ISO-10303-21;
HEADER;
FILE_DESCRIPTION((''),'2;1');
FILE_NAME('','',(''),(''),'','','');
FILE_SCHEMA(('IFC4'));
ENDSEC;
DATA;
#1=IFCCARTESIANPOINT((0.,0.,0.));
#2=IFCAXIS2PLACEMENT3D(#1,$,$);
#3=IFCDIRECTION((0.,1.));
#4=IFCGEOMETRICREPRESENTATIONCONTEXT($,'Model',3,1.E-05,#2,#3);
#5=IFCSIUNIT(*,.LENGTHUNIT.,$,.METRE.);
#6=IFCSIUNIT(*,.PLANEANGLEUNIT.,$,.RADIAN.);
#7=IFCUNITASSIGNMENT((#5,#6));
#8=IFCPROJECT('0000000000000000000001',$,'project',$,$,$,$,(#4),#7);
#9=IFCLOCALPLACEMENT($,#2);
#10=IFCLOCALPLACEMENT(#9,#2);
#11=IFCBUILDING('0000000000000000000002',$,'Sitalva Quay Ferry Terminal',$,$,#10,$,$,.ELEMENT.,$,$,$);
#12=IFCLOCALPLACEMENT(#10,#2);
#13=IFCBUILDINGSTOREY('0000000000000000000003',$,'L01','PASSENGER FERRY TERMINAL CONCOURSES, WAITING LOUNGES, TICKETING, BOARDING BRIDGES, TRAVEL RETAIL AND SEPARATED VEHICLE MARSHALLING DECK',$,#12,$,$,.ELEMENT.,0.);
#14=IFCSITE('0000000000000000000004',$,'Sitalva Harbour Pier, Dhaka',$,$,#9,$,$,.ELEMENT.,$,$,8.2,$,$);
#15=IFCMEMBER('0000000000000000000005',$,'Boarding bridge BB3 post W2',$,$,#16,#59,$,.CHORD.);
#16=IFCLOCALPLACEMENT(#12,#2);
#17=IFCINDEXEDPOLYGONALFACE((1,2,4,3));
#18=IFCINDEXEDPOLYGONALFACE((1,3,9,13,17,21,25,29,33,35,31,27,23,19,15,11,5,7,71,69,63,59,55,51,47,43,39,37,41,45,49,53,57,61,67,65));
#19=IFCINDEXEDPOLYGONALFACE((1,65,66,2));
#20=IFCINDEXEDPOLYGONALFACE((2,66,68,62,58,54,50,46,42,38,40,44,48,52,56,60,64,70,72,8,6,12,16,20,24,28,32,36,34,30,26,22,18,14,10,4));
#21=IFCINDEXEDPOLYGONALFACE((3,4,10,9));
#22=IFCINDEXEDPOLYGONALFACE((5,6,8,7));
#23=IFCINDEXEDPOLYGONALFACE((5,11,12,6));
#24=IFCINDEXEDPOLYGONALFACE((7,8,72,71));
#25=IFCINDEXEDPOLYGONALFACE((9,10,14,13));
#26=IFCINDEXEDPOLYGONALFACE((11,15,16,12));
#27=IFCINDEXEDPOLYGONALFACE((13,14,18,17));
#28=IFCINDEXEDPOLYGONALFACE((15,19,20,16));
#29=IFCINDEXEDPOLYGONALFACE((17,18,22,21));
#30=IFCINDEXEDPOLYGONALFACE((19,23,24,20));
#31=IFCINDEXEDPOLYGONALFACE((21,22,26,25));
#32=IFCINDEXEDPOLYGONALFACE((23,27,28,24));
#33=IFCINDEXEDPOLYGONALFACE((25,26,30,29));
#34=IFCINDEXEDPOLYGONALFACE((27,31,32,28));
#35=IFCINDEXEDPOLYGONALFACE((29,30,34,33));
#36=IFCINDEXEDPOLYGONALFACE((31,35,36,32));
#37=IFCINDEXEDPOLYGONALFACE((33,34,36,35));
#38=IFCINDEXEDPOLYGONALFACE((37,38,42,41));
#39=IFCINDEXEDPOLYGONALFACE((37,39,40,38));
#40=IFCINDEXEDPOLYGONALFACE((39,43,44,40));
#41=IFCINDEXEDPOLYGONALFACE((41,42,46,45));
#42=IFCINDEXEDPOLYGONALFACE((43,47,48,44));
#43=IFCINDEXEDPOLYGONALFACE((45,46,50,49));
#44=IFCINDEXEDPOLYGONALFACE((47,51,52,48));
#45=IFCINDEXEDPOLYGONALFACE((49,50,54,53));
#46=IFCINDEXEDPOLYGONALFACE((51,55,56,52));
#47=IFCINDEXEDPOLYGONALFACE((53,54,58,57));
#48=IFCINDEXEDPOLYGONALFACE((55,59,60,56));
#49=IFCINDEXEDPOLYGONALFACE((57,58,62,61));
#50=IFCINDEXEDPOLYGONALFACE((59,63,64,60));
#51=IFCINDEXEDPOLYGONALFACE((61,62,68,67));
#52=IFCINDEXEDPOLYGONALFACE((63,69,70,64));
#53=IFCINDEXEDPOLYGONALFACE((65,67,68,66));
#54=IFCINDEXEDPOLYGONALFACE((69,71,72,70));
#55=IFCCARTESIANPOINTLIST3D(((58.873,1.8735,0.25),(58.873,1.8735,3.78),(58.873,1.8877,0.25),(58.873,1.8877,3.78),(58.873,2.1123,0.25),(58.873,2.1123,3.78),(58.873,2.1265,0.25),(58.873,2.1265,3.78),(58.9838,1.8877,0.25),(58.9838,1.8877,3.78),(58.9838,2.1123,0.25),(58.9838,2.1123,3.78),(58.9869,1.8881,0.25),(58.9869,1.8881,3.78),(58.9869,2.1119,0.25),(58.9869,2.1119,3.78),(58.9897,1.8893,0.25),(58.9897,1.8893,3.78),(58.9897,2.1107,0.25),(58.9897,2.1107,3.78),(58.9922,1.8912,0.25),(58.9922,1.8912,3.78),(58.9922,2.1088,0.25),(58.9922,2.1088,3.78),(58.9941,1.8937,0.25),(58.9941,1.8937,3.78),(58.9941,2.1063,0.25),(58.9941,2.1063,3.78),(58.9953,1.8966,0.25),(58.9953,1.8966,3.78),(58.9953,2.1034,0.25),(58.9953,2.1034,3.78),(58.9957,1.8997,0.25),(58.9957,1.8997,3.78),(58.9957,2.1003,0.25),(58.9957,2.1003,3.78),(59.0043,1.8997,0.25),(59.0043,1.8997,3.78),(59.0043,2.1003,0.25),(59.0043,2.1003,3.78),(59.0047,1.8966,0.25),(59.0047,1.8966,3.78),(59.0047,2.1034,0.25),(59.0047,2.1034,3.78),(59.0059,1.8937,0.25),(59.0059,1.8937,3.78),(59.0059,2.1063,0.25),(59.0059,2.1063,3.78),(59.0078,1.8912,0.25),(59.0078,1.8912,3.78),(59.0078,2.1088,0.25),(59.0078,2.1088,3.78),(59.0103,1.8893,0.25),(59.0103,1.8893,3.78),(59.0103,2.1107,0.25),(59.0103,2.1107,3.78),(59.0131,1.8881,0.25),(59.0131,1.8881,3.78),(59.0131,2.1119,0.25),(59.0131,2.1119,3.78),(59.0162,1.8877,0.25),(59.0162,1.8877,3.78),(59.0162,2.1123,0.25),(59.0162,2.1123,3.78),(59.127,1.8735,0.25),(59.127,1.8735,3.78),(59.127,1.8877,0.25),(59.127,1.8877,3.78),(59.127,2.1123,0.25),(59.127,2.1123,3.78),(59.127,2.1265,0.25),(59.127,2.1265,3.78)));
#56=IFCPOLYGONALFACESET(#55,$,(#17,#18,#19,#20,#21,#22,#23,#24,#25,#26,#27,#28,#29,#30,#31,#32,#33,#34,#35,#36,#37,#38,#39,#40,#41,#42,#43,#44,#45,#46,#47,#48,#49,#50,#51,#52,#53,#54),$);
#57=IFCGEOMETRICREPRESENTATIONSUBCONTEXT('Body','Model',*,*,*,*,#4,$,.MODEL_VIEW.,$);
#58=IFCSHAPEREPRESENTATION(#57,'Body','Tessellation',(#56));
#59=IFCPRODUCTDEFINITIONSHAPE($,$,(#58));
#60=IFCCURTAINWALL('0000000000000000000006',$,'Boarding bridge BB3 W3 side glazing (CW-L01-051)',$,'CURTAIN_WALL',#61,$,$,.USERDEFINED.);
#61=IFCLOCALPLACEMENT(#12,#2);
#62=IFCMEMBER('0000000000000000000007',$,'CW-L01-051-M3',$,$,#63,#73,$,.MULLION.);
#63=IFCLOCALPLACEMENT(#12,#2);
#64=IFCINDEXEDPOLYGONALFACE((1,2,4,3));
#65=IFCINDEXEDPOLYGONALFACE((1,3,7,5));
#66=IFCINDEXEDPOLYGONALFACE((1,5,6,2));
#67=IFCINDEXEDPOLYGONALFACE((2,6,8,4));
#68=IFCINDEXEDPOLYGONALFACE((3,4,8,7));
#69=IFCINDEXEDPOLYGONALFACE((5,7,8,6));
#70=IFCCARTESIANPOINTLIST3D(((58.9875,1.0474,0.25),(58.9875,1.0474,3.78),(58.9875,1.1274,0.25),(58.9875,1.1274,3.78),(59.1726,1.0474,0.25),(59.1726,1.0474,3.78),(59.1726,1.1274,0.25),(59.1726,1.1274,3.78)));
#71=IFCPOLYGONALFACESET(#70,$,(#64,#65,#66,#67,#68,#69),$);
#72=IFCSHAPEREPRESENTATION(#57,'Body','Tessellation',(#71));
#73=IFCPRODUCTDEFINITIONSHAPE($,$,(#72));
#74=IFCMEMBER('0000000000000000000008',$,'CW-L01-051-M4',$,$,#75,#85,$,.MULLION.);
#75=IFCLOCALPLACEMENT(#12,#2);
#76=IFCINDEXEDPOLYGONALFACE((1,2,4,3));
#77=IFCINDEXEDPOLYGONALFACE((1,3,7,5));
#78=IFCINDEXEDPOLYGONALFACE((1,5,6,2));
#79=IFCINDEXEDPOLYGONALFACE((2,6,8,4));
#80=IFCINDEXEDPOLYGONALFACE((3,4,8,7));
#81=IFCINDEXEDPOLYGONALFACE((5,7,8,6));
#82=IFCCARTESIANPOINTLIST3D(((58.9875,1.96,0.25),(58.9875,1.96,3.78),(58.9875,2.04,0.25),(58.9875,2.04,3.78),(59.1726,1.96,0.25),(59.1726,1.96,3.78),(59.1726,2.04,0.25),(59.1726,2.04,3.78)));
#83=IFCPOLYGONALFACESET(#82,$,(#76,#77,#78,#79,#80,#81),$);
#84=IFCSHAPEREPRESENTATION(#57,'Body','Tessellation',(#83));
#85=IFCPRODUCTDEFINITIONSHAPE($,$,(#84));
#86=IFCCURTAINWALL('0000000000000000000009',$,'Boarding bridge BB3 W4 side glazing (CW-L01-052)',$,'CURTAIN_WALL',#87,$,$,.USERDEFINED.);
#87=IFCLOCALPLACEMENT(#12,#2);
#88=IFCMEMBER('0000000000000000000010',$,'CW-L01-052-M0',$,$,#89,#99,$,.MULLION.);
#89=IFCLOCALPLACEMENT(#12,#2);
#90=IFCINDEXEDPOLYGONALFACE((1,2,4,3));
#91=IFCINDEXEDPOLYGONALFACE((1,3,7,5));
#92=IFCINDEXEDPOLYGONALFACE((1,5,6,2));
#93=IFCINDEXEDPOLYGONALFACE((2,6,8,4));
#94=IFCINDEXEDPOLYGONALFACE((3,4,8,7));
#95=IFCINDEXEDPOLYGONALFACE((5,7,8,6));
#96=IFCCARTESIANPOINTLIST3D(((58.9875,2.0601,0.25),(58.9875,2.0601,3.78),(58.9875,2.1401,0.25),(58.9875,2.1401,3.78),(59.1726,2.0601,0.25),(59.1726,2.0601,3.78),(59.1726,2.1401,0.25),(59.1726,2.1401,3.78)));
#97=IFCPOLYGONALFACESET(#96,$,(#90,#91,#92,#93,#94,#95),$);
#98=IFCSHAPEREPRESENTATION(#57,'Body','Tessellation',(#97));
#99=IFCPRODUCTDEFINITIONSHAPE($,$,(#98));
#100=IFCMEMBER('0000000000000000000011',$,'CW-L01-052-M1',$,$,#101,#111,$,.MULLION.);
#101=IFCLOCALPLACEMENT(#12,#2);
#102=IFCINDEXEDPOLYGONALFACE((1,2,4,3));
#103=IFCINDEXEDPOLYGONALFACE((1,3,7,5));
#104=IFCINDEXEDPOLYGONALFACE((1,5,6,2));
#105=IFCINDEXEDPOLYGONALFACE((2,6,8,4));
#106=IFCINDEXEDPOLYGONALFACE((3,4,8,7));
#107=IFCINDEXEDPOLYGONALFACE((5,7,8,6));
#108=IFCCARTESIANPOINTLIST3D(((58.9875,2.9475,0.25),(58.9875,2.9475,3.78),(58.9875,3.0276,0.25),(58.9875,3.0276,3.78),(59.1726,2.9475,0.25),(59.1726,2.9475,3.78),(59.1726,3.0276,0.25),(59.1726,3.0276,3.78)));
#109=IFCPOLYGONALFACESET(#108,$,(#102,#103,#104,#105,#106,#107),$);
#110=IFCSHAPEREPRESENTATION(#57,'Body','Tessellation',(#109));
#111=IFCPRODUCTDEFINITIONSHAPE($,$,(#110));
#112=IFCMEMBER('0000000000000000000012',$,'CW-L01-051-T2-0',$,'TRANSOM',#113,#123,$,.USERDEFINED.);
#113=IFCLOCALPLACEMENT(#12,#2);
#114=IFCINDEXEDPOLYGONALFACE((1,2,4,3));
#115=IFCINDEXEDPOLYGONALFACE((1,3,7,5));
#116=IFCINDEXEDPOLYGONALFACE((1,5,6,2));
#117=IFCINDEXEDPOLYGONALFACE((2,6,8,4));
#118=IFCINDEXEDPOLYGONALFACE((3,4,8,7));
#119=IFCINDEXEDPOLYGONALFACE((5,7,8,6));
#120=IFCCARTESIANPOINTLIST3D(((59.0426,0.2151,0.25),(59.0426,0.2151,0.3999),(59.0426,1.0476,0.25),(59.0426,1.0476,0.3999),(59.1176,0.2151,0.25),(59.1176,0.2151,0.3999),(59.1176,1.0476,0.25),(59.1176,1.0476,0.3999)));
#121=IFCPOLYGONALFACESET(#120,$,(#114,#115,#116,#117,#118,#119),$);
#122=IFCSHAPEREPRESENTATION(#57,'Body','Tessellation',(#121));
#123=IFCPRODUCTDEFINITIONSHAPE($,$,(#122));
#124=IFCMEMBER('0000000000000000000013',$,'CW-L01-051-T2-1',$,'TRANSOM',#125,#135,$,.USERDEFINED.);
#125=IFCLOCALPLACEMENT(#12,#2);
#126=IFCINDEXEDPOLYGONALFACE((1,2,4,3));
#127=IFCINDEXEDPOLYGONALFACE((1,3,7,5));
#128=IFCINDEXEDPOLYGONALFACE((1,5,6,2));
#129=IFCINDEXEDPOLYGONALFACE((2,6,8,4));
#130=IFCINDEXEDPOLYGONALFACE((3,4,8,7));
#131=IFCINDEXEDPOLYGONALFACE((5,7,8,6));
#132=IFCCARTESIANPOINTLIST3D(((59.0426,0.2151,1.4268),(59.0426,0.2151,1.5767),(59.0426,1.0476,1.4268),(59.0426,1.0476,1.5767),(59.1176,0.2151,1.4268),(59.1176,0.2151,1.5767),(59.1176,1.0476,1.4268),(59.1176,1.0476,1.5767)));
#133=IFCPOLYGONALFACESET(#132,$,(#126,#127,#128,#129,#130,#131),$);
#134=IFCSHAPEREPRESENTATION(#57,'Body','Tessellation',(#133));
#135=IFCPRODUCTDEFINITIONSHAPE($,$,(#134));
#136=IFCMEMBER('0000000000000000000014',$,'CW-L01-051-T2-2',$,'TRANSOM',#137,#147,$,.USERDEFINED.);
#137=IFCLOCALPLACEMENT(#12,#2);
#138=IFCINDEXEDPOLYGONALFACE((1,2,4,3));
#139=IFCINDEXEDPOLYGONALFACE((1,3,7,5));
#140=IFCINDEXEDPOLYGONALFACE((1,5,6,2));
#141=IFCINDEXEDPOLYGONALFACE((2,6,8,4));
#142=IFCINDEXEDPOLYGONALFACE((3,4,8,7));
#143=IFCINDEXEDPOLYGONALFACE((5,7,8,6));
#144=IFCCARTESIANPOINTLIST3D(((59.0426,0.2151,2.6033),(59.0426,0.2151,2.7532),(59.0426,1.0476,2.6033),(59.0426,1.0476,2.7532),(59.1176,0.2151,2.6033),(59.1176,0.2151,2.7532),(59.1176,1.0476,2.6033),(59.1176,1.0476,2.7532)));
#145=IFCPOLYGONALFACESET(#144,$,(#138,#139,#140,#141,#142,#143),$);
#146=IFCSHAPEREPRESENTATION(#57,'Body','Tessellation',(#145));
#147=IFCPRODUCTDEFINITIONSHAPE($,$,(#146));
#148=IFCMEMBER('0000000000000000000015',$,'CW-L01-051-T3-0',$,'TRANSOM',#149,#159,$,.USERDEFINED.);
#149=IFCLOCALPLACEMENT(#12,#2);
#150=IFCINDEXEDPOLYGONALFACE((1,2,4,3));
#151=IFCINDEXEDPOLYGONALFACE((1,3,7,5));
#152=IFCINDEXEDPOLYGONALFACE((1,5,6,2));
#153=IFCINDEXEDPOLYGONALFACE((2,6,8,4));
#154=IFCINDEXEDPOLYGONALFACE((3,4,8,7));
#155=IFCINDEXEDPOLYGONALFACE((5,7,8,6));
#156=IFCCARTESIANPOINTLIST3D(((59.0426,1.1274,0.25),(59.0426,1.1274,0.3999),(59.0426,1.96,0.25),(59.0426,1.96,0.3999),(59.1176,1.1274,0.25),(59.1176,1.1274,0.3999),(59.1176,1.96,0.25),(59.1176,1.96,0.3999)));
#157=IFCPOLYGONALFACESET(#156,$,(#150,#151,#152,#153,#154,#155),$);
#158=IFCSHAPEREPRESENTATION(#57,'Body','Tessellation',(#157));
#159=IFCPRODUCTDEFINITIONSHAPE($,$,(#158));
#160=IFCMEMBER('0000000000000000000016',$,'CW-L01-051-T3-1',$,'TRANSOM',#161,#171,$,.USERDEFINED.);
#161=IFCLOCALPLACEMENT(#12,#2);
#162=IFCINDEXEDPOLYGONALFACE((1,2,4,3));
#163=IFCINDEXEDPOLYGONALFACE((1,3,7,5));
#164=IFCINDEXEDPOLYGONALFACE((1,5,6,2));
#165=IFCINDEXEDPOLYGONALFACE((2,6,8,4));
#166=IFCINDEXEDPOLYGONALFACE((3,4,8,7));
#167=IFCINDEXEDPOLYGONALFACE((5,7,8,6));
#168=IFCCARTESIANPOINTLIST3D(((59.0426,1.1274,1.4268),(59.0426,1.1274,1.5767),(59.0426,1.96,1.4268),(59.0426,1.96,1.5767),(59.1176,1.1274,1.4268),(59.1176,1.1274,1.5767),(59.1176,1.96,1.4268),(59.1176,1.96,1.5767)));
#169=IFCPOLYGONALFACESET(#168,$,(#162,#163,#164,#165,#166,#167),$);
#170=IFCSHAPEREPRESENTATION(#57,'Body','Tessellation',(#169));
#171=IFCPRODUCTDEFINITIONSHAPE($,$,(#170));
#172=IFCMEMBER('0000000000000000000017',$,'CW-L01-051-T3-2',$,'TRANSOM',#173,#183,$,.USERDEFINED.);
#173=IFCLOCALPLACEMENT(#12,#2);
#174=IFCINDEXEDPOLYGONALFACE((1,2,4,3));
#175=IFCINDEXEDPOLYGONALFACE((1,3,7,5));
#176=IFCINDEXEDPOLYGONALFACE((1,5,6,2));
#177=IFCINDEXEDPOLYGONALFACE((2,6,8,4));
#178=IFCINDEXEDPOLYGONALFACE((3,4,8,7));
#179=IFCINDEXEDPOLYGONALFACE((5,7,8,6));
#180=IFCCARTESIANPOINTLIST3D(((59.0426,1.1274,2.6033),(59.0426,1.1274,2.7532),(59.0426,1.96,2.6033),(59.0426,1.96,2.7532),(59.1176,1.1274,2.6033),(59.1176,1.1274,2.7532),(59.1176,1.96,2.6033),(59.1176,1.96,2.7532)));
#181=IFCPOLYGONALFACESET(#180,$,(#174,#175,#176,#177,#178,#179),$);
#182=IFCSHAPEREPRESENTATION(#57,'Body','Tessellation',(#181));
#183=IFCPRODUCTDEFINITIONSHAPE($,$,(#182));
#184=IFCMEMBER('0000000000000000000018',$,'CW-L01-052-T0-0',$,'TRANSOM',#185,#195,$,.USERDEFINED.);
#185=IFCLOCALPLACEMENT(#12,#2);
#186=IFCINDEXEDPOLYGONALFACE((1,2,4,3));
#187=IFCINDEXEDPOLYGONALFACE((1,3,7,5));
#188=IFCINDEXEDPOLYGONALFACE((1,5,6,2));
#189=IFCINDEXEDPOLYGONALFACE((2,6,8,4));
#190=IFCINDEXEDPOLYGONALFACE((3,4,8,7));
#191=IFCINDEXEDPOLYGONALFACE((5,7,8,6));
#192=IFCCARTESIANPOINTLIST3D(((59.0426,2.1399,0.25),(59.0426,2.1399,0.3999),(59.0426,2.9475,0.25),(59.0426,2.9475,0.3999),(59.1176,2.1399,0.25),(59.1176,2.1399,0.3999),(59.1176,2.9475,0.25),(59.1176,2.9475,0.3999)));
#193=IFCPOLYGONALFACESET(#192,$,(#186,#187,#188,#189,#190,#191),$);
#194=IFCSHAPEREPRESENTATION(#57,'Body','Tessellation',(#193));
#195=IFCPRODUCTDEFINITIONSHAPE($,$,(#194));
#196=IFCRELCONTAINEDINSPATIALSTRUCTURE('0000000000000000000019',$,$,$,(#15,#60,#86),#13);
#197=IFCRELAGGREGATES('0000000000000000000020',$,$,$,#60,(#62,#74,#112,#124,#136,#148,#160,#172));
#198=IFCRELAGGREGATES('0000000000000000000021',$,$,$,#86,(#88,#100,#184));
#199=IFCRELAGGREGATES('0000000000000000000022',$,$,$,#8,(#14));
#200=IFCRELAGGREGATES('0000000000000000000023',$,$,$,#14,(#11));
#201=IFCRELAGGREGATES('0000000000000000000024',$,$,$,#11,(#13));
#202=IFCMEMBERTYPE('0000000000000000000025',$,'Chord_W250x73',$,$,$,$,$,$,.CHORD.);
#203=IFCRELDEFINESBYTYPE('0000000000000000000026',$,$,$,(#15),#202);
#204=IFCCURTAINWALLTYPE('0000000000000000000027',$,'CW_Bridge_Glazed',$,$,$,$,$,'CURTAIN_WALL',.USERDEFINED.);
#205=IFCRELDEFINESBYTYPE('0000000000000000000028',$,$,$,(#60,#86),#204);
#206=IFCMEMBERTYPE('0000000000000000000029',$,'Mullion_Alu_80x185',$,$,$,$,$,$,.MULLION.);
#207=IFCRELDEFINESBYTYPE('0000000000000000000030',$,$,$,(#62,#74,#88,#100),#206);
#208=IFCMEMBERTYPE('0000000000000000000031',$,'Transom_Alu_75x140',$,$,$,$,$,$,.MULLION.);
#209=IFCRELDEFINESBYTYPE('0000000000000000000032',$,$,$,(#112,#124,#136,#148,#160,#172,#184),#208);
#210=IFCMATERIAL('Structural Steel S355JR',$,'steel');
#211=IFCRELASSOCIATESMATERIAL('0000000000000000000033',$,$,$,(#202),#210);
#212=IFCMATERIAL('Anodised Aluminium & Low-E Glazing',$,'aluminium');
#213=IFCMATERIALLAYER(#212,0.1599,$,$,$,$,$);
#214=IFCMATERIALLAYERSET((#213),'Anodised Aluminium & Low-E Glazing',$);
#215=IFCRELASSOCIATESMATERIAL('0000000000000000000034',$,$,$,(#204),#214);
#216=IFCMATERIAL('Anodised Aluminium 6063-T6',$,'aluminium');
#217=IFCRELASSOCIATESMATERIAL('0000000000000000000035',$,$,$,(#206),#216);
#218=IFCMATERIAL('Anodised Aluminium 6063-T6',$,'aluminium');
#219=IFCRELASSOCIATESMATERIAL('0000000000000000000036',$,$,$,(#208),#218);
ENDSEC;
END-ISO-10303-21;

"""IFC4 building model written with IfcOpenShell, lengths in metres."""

from ifc_helpers import new_model, si_unit, direction, frame, origin, origin_2d, place, context, subcontext, project, spatial, rectangle, i_section, extrude, material, layer, layer_set, material_profile, profile_set, type_object, element, aggregate, save


model = new_model("IFC4")

# Units and contexts
model_context = context("Model", 3, precision=1e-05, world=origin(), true_north=direction((0.0, 1.0)))
body_context = subcontext(model_context, "Body", "Model", "MODEL_VIEW")
ifc_project = project(units=[si_unit("LENGTHUNIT", "METRE"), si_unit("PLANEANGLEUNIT", "RADIAN")], contexts=[model_context])

# Site, building, storey
site_placement = place(None, origin())
site = spatial("IfcSite", under=ifc_project, at=site_placement, Name="Sitalva Harbour Pier, Dhaka", CompositionType="ELEMENT", RefElevation=8.2)
building_placement = place(site_placement, origin())
building = spatial("IfcBuilding", under=site, at=building_placement, Name="Sitalva Quay Ferry Terminal", CompositionType="ELEMENT")
storey_placement = place(building_placement, origin())
storey = spatial("IfcBuildingStorey", under=building, at=storey_placement, Name="L01", Description="PASSENGER FERRY TERMINAL CONCOURSES, WAITING LOUNGES, TICKETING, BOARDING BRIDGES, TRAVEL RETAIL AND SEPARATED VEHICLE MARSHALLING DECK", CompositionType="ELEMENT", Elevation=0.0)

# Member
ifc_material_1 = material(Name="Structural Steel S355JR", Category="steel")
ifc_material_profile_1 = material_profile(ifc_material_1, i_section(OverallWidth=0.2539, OverallDepth=0.2529, WebThickness=0.0085, FlangeThickness=0.0142, FilletRadius=0.012, at=origin_2d()), Name="W250x73")
ifc_profile_set_1 = profile_set([ifc_material_profile_1], Name="Structural Steel S355JR")
member_type_1 = type_object("IfcMemberType", Name="Chord_W250x73", PredefinedType="CHORD", material=ifc_profile_set_1)
member_1_placement = place(storey_placement, frame((59.0, 2.0, 0.25), z_axis=(0.0, 0.0, 1.0), x_axis=(1.0, 0.0, 0.0)))
element("IfcMember", 1, at=member_1_placement, inside=storey, type_object=member_type_1, Name="Boarding bridge BB3 post W2", PredefinedType="CHORD", context=body_context, shape_type="SweptSolid", body=[
    extrude(i_section(OverallWidth=0.2539, OverallDepth=0.2529, WebThickness=0.0085, FlangeThickness=0.0142, FilletRadius=0.012, at=origin_2d()), origin(), (0.0, 0.0, 1.0), 3.53),
])

# Curtain walls, members
ifc_material_2 = material(Name="Anodised Aluminium & Low-E Glazing", Category="aluminium")
ifc_layer_1 = layer(ifc_material_2, 0.1599)
ifc_layer_set_1 = layer_set([ifc_layer_1], Name="Anodised Aluminium & Low-E Glazing")
curtain_wall_type = type_object("IfcCurtainWallType", Name="CW_Bridge_Glazed", ElementType="CURTAIN_WALL", PredefinedType="USERDEFINED", material=ifc_layer_set_1)
curtain_wall_1_placement = place(storey_placement, origin())
curtain_wall_1 = element("IfcCurtainWall", 2, at=curtain_wall_1_placement, inside=storey, type_object=curtain_wall_type, Name="Boarding bridge BB3 W3 side glazing (CW-L01-051)", ObjectType="CURTAIN_WALL", PredefinedType="USERDEFINED")
ifc_material_3 = material(Name="Anodised Aluminium 6063-T6", Category="aluminium")
ifc_material_profile_2 = material_profile(ifc_material_3, rectangle(XDim=0.0801, YDim=0.1851, at=origin_2d()), Name="ALU80x185")
ifc_profile_set_2 = profile_set([ifc_material_profile_2], Name="Anodised Aluminium 6063-T6")
member_type_2 = type_object("IfcMemberType", Name="Mullion_Alu_80x185", PredefinedType="MULLION", material=ifc_profile_set_2)
member_2_placement = place(storey_placement, frame((59.0801, 1.0874, 0.25), z_axis=(0.0, 0.0, 1.0), x_axis=(0.0, 1.0, 0.0)))
member_2 = element("IfcMember", 3, at=member_2_placement, type_object=member_type_2, Name="CW-L01-051-M3", PredefinedType="MULLION", context=body_context, shape_type="SweptSolid", body=[
    extrude(rectangle(XDim=0.0801, YDim=0.1851, at=origin_2d()), origin(), (0.0, 0.0, 1.0), 3.53),
])
member_3_placement = place(storey_placement, frame((59.0801, 2.0, 0.25), z_axis=(0.0, 0.0, 1.0), x_axis=(0.0, 1.0, 0.0)))
member_3 = element("IfcMember", 4, at=member_3_placement, type_object=member_type_2, Name="CW-L01-051-M4", PredefinedType="MULLION", context=body_context, shape_type="SweptSolid", body=[
    extrude(rectangle(XDim=0.0801, YDim=0.1851, at=origin_2d()), origin(), (0.0, 0.0, 1.0), 3.53),
])
curtain_wall_2_placement = place(storey_placement, origin())
curtain_wall_2 = element("IfcCurtainWall", 5, at=curtain_wall_2_placement, inside=storey, type_object=curtain_wall_type, Name="Boarding bridge BB3 W4 side glazing (CW-L01-052)", ObjectType="CURTAIN_WALL", PredefinedType="USERDEFINED")
member_4_placement = place(storey_placement, frame((59.0801, 2.1001, 0.25), z_axis=(0.0, 0.0, 1.0), x_axis=(0.0, 1.0, 0.0)))
member_4 = element("IfcMember", 6, at=member_4_placement, type_object=member_type_2, Name="CW-L01-052-M0", PredefinedType="MULLION", context=body_context, shape_type="SweptSolid", body=[
    extrude(rectangle(XDim=0.0801, YDim=0.1851, at=origin_2d()), origin(), (0.0, 0.0, 1.0), 3.53),
])
member_5_placement = place(storey_placement, frame((59.0801, 2.9875, 0.25), z_axis=(0.0, 0.0, 1.0), x_axis=(0.0, 1.0, 0.0)))
member_5 = element("IfcMember", 7, at=member_5_placement, type_object=member_type_2, Name="CW-L01-052-M1", PredefinedType="MULLION", context=body_context, shape_type="SweptSolid", body=[
    extrude(rectangle(XDim=0.0801, YDim=0.1851, at=origin_2d()), origin(), (0.0, 0.0, 1.0), 3.53),
])

# Members
ifc_material_4 = material(Name="Anodised Aluminium 6063-T6", Category="aluminium")
ifc_material_profile_3 = material_profile(ifc_material_4, rectangle(XDim=0.075, YDim=0.1499, at=origin_2d()), Name="ALU75x150")
ifc_profile_set_3 = profile_set([ifc_material_profile_3], Name="Anodised Aluminium 6063-T6")
member_type_3 = type_object("IfcMemberType", Name="Transom_Alu_75x140", PredefinedType="MULLION", material=ifc_profile_set_3)
member_6_placement = place(storey_placement, frame((59.0801, 0.2151, 0.325), z_axis=(0.0, 1.0, 0.0), x_axis=(-1.0, 0.0, 0.0)))
member_6 = element("IfcMember", 8, at=member_6_placement, type_object=member_type_3, Name="CW-L01-051-T2-0", ObjectType="TRANSOM", PredefinedType="USERDEFINED", context=body_context, shape_type="SweptSolid", body=[
    extrude(rectangle(XDim=0.075, YDim=0.1499, at=origin_2d()), origin(), (0.0, 0.0, 1.0), 0.8325),
])
member_7_placement = place(storey_placement, frame((59.0801, 0.2151, 1.5017), z_axis=(0.0, 1.0, 0.0), x_axis=(-1.0, 0.0, 0.0)))
member_7 = element("IfcMember", 9, at=member_7_placement, type_object=member_type_3, Name="CW-L01-051-T2-1", ObjectType="TRANSOM", PredefinedType="USERDEFINED", context=body_context, shape_type="SweptSolid", body=[
    extrude(rectangle(XDim=0.075, YDim=0.1499, at=origin_2d()), origin(), (0.0, 0.0, 1.0), 0.8325),
])
member_8_placement = place(storey_placement, frame((59.0801, 0.2151, 2.6782), z_axis=(0.0, 1.0, 0.0), x_axis=(-1.0, 0.0, 0.0)))
member_8 = element("IfcMember", 10, at=member_8_placement, type_object=member_type_3, Name="CW-L01-051-T2-2", ObjectType="TRANSOM", PredefinedType="USERDEFINED", context=body_context, shape_type="SweptSolid", body=[
    extrude(rectangle(XDim=0.075, YDim=0.1499, at=origin_2d()), origin(), (0.0, 0.0, 1.0), 0.8325),
])
member_9_placement = place(storey_placement, frame((59.0801, 1.1274, 0.325), z_axis=(0.0, 1.0, 0.0), x_axis=(-1.0, 0.0, 0.0)))
member_9 = element("IfcMember", 11, at=member_9_placement, type_object=member_type_3, Name="CW-L01-051-T3-0", ObjectType="TRANSOM", PredefinedType="USERDEFINED", context=body_context, shape_type="SweptSolid", body=[
    extrude(rectangle(XDim=0.075, YDim=0.1499, at=origin_2d()), origin(), (0.0, 0.0, 1.0), 0.8325),
])
member_10_placement = place(storey_placement, frame((59.0801, 1.1274, 1.5017), z_axis=(0.0, 1.0, 0.0), x_axis=(-1.0, 0.0, 0.0)))
member_10 = element("IfcMember", 12, at=member_10_placement, type_object=member_type_3, Name="CW-L01-051-T3-1", ObjectType="TRANSOM", PredefinedType="USERDEFINED", context=body_context, shape_type="SweptSolid", body=[
    extrude(rectangle(XDim=0.075, YDim=0.1499, at=origin_2d()), origin(), (0.0, 0.0, 1.0), 0.8325),
])
member_11_placement = place(storey_placement, frame((59.0801, 1.1274, 2.6782), z_axis=(0.0, 1.0, 0.0), x_axis=(-1.0, 0.0, 0.0)))
member_11 = element("IfcMember", 13, at=member_11_placement, type_object=member_type_3, Name="CW-L01-051-T3-2", ObjectType="TRANSOM", PredefinedType="USERDEFINED", context=body_context, shape_type="SweptSolid", body=[
    extrude(rectangle(XDim=0.075, YDim=0.1499, at=origin_2d()), origin(), (0.0, 0.0, 1.0), 0.8325),
])
member_12_placement = place(storey_placement, frame((59.0801, 2.1399, 0.325), z_axis=(0.0, 1.0, 0.0), x_axis=(-1.0, 0.0, 0.0)))
member_12 = element("IfcMember", 14, at=member_12_placement, type_object=member_type_3, Name="CW-L01-052-T0-0", ObjectType="TRANSOM", PredefinedType="USERDEFINED", context=body_context, shape_type="SweptSolid", body=[
    extrude(rectangle(XDim=0.075, YDim=0.1499, at=origin_2d()), origin(), (0.0, 0.0, 1.0), 0.8076),
])

aggregate(curtain_wall_1, [member_2, member_3, member_6, member_7, member_8, member_9, member_10, member_11])
aggregate(curtain_wall_2, [member_4, member_5, member_12])

save(model, "model.ifc")
